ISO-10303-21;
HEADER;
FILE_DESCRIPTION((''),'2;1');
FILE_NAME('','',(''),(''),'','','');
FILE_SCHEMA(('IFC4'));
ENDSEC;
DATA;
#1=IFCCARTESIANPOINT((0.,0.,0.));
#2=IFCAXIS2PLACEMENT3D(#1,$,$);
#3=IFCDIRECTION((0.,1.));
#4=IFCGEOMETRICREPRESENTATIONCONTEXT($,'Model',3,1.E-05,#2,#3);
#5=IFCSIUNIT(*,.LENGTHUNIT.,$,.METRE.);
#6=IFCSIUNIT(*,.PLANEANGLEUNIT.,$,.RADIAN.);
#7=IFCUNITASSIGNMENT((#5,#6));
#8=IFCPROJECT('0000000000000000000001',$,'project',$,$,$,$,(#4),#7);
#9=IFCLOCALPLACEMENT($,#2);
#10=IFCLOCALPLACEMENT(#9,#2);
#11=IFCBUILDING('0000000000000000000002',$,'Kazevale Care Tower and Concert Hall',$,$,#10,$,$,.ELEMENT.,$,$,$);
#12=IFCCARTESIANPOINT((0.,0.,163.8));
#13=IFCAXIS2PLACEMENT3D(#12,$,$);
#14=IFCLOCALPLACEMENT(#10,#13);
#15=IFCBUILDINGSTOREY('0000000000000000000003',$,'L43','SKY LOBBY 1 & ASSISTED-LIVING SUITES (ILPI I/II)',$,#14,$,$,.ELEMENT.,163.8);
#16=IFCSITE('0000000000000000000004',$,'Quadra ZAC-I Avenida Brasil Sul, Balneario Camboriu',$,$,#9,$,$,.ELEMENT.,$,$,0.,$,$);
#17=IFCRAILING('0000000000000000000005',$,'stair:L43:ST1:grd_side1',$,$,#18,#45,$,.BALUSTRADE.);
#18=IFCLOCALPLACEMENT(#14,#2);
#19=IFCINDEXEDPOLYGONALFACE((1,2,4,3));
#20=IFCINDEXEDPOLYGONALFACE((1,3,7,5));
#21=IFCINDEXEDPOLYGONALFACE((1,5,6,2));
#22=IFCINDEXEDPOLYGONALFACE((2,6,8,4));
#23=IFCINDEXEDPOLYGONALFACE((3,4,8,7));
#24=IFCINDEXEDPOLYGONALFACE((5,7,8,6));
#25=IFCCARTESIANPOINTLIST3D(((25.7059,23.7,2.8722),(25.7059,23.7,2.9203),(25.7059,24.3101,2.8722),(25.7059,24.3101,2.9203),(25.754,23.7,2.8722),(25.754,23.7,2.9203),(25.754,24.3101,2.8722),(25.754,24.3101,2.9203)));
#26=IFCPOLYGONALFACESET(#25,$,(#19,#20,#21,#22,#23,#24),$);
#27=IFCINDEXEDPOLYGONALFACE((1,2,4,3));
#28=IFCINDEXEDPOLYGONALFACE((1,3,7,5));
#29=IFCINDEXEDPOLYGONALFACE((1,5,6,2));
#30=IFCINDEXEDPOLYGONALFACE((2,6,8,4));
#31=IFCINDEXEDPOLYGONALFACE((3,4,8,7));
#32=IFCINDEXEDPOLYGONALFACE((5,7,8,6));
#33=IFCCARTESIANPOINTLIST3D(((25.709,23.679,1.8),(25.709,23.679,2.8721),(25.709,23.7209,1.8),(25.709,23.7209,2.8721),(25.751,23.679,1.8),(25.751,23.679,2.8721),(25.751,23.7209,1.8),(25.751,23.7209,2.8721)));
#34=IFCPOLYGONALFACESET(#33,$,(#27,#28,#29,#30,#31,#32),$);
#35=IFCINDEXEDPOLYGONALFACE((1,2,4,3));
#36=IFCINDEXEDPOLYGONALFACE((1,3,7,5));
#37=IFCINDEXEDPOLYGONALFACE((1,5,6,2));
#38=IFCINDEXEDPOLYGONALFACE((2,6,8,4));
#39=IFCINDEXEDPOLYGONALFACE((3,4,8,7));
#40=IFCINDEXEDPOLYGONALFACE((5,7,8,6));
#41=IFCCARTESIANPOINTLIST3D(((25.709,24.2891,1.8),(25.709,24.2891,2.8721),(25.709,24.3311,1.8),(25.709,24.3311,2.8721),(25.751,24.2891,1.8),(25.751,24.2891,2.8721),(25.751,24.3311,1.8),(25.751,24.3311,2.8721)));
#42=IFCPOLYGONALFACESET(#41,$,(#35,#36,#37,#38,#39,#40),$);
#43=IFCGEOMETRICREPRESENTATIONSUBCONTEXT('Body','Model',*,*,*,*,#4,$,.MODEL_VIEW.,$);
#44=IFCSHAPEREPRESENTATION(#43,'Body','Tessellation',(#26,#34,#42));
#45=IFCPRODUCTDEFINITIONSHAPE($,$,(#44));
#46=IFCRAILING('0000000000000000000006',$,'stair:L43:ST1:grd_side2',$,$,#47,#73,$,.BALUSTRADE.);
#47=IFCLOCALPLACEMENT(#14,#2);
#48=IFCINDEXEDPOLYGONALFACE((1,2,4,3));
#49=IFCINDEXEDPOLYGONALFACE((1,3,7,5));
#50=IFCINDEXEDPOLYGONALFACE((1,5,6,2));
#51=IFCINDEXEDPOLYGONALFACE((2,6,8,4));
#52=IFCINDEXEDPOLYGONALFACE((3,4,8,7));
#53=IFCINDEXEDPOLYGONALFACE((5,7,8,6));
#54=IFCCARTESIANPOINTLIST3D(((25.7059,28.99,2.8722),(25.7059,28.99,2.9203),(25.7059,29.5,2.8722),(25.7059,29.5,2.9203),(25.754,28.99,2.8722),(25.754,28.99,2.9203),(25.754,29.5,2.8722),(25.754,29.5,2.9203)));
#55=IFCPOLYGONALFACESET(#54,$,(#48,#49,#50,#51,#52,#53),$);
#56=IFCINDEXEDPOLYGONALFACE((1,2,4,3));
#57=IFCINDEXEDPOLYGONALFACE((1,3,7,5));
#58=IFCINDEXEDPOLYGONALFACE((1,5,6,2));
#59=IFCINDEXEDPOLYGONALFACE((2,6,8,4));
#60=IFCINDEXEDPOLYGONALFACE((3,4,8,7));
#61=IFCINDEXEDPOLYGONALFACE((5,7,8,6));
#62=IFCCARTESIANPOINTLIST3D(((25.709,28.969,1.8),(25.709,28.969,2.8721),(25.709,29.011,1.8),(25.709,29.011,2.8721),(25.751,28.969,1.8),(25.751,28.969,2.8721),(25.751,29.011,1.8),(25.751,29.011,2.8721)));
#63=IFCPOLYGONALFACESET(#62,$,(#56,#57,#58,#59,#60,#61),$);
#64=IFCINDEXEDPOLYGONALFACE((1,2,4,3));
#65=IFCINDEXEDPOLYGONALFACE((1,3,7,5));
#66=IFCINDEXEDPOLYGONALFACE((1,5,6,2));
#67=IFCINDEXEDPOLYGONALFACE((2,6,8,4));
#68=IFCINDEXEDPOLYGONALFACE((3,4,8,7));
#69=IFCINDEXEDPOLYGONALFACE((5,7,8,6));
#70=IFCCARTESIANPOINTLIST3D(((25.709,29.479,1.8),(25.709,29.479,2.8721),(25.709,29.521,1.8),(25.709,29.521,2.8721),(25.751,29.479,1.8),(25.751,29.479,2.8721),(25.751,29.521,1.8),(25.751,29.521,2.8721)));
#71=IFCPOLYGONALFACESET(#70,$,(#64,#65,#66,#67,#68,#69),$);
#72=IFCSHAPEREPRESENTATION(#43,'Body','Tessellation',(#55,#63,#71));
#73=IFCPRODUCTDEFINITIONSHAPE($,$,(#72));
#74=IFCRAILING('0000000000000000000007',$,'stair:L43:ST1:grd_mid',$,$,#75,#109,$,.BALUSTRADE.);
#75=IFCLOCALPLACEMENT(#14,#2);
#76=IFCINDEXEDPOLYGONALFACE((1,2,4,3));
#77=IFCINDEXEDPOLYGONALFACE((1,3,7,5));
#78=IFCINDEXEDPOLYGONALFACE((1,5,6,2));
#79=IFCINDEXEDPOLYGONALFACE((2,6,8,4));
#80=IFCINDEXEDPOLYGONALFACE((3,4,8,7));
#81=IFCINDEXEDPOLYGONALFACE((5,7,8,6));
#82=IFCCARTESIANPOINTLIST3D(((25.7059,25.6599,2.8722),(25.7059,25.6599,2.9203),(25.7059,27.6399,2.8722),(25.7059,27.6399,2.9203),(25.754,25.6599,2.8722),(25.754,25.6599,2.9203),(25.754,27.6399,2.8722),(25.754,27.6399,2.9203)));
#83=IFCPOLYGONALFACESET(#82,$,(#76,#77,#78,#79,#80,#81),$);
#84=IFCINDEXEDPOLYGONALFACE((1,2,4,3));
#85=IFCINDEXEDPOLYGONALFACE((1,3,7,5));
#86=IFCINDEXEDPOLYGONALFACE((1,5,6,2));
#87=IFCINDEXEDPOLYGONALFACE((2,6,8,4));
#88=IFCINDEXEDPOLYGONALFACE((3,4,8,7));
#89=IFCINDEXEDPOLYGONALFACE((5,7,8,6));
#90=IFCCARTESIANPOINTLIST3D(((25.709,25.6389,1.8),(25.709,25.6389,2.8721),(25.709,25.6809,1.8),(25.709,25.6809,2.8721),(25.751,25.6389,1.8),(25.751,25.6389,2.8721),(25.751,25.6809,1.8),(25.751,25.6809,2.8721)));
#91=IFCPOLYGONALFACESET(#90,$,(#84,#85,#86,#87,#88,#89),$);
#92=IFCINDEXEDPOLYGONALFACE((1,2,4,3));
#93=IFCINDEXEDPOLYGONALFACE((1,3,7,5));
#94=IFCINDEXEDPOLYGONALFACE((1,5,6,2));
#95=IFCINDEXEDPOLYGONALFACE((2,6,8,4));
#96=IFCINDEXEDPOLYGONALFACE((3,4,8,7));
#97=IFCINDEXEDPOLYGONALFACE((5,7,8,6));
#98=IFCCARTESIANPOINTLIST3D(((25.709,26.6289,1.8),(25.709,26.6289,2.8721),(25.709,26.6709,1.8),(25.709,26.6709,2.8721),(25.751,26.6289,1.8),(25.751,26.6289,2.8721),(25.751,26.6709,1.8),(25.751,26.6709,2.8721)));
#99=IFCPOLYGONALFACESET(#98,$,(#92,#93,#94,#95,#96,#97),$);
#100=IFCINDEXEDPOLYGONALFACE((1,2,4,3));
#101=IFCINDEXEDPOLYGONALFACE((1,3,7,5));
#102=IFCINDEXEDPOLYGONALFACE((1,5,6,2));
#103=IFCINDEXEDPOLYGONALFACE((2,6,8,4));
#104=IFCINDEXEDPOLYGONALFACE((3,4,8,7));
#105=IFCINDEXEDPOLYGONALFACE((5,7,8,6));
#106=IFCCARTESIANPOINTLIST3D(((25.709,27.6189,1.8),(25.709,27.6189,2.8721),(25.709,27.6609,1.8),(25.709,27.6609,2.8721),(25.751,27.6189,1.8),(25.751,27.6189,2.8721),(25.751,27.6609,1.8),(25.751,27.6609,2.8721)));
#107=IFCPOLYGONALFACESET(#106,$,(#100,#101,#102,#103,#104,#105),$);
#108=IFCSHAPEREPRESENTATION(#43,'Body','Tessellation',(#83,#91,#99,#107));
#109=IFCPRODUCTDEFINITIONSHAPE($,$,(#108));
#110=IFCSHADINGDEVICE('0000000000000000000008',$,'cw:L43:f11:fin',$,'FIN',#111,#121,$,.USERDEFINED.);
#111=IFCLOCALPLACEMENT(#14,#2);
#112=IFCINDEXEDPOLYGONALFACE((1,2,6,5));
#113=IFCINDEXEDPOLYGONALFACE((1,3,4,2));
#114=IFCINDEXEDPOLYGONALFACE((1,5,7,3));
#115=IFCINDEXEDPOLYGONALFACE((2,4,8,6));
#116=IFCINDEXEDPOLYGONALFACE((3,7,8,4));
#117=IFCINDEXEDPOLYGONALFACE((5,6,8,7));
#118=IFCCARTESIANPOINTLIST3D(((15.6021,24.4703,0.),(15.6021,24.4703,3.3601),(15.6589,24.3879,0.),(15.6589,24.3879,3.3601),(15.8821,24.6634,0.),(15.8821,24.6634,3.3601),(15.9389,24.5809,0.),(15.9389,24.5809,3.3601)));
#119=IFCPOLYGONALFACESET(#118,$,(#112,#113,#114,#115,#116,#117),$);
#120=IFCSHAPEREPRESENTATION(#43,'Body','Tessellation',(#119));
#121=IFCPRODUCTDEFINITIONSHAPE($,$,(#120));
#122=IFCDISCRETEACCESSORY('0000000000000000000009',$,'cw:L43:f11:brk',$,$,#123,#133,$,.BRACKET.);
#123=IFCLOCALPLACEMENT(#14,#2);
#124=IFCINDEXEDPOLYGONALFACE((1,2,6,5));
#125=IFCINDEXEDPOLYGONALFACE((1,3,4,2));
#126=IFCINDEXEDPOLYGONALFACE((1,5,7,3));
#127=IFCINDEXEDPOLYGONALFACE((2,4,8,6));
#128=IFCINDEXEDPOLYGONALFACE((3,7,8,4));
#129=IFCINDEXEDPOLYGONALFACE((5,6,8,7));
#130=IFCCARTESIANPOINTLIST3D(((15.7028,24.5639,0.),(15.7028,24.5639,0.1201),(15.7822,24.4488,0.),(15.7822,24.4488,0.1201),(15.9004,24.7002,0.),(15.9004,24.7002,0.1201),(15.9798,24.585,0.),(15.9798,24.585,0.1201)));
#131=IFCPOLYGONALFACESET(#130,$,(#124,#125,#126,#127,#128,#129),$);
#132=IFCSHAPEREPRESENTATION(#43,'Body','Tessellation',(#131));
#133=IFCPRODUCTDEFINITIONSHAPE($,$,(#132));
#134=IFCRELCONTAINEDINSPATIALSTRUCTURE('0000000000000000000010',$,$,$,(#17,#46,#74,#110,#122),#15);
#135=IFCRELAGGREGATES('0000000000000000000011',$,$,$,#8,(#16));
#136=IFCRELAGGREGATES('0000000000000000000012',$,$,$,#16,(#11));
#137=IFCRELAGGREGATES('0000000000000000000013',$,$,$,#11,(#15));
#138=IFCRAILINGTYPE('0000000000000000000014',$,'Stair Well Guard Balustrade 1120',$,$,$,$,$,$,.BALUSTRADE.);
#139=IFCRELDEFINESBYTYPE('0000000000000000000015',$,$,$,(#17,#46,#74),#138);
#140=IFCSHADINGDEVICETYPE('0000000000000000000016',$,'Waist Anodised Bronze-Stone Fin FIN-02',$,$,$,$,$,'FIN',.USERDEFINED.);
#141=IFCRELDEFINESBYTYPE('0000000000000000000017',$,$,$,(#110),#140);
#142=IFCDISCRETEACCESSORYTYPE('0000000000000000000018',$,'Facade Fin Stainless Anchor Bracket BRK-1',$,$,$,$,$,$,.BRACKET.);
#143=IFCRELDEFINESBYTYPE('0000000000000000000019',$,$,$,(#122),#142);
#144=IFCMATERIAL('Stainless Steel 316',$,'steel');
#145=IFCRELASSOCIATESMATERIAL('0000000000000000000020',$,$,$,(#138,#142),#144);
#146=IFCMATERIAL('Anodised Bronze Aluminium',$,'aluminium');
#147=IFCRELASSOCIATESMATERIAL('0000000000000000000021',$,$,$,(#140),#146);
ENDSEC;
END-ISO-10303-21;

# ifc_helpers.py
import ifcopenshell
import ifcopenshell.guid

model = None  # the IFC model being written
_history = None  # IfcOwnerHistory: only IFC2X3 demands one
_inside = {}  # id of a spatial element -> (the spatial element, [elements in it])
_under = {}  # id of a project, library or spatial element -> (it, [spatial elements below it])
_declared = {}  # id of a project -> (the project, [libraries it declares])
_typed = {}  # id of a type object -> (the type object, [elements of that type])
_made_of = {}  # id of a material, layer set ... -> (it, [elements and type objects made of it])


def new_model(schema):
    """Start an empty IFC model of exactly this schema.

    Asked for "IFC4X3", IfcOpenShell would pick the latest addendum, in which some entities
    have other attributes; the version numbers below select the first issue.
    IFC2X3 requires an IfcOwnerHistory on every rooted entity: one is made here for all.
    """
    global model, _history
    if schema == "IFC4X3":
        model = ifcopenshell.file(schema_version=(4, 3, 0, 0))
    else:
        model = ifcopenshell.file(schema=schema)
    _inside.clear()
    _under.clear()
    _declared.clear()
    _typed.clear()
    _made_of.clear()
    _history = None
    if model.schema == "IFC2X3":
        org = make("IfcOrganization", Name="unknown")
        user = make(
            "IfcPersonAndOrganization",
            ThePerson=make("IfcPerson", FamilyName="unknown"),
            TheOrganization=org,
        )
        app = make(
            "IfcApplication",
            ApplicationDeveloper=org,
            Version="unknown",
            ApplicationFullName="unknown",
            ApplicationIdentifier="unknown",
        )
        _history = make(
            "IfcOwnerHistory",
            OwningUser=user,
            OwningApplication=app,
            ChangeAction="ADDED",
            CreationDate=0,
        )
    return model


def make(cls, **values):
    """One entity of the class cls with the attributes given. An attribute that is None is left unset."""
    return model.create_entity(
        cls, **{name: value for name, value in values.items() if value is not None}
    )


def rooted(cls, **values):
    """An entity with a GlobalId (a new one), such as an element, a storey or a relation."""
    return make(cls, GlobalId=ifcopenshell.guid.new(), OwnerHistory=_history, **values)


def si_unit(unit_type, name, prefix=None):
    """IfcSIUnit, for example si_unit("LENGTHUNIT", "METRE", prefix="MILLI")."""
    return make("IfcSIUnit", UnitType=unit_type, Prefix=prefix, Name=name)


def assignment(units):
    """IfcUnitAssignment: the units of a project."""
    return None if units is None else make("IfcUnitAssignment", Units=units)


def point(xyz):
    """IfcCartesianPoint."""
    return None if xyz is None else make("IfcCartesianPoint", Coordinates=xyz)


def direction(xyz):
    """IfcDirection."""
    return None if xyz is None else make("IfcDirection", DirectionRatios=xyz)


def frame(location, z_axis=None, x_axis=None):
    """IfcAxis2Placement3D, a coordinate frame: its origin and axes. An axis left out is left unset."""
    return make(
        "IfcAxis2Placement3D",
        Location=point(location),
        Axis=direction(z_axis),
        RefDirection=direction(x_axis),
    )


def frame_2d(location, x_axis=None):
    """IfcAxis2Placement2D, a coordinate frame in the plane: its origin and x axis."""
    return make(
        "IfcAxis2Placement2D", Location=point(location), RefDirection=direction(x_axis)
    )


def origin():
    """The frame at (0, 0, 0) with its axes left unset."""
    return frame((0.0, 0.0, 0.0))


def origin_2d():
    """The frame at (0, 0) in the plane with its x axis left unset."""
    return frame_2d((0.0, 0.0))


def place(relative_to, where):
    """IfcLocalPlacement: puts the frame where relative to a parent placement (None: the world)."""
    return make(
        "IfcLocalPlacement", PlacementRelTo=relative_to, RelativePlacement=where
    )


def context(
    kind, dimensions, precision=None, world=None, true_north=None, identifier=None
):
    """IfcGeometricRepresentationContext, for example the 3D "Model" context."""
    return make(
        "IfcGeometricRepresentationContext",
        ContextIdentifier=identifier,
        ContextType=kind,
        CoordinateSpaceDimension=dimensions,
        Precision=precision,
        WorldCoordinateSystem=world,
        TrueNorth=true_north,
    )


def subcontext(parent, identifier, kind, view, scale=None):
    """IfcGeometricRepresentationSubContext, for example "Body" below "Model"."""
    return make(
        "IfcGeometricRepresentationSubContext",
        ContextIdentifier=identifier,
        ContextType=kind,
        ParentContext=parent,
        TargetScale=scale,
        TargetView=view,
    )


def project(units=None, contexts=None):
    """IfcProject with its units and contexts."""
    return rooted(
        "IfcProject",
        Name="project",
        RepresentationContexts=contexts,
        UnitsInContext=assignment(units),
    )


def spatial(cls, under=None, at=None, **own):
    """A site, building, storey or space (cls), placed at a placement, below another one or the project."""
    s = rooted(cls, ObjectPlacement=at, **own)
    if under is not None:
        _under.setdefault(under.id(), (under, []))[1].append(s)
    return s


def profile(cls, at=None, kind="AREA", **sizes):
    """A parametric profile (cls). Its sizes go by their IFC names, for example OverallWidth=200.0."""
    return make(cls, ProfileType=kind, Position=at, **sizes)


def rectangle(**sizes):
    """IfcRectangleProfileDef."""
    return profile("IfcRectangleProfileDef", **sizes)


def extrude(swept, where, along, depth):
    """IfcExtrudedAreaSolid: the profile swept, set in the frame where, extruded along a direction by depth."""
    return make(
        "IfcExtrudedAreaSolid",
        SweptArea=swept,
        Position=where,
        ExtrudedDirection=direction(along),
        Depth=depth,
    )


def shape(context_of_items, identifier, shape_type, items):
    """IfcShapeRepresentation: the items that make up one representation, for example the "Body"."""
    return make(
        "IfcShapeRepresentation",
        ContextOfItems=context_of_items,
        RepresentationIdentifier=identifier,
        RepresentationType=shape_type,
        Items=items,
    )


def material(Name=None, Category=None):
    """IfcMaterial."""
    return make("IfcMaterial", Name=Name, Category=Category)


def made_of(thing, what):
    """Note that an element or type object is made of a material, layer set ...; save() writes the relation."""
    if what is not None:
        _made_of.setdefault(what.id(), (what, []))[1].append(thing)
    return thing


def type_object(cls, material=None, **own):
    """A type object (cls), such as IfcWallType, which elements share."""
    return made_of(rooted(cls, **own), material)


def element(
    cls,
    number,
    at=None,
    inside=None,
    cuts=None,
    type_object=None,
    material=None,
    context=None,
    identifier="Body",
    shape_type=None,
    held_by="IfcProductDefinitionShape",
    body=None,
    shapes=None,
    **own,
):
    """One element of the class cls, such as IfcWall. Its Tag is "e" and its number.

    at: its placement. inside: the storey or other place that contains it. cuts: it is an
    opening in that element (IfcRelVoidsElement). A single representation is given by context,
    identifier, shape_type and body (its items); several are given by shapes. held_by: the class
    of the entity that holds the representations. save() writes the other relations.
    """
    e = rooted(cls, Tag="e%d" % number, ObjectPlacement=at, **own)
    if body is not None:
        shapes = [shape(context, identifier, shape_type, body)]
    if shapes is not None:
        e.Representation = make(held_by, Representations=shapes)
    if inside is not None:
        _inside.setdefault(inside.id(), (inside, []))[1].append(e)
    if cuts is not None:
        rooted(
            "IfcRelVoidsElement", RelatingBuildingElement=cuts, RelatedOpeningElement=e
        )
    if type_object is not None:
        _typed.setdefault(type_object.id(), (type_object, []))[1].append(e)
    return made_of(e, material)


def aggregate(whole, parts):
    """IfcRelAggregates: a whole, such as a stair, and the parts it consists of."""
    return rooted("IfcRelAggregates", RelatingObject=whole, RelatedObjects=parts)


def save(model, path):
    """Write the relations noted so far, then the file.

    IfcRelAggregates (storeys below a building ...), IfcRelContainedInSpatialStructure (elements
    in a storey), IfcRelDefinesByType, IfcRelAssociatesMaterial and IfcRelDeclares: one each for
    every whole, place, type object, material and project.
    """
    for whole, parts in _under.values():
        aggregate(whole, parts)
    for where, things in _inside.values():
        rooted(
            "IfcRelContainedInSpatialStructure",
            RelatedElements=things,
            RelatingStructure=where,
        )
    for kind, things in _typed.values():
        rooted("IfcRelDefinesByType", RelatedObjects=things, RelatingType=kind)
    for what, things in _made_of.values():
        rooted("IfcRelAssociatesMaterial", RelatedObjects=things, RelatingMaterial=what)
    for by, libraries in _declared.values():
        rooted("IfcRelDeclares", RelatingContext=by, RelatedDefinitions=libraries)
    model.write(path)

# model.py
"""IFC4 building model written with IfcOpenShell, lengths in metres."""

from ifc_helpers import new_model, si_unit, direction, frame, origin, origin_2d, place, context, subcontext, project, spatial, rectangle, extrude, material, type_object, element, save


model = new_model("IFC4")

# Units and contexts
model_context = context("Model", 3, precision=1e-05, world=origin(), true_north=direction((0.0, 1.0)))
body_context = subcontext(model_context, "Body", "Model", "MODEL_VIEW")
ifc_project = project(units=[si_unit("LENGTHUNIT", "METRE"), si_unit("PLANEANGLEUNIT", "RADIAN")], contexts=[model_context])

# Site, building, storey
site_placement = place(None, origin())
site = spatial("IfcSite", under=ifc_project, at=site_placement, Name="Quadra ZAC-I Avenida Brasil Sul, Balneario Camboriu", CompositionType="ELEMENT", RefElevation=0.0)
building_placement = place(site_placement, origin())
building = spatial("IfcBuilding", under=site, at=building_placement, Name="Kazevale Care Tower and Concert Hall", CompositionType="ELEMENT")
storey_placement = place(building_placement, frame((0.0, 0.0, 163.8)))
storey = spatial("IfcBuildingStorey", under=building, at=storey_placement, Name="L43", Description="SKY LOBBY 1 & ASSISTED-LIVING SUITES (ILPI I/II)", CompositionType="ELEMENT", Elevation=163.8)

# Railings
ifc_material_1 = material(Name="Stainless Steel 316", Category="steel")
railing_type_1 = type_object("IfcRailingType", Name="Stair Well Guard Balustrade 1120", PredefinedType="BALUSTRADE", material=ifc_material_1)
railing_1_placement = place(storey_placement, frame((25.73, 23.7, 1.8)))
element("IfcRailing", 1, at=railing_1_placement, inside=storey, type_object=railing_type_1, Name="stair:L43:ST1:grd_side1", PredefinedType="BALUSTRADE", context=body_context, shape_type="SweptSolid", body=[
    extrude(rectangle(XDim=0.0481, YDim=0.0481, at=origin_2d()), frame((0.0, 0.0, 1.0962), z_axis=(0.0, 1.0, 0.0), x_axis=(-1.0, 0.0, 0.0)), (0.0, 0.0, 1.0), 0.6101),
    extrude(rectangle(XDim=0.042, YDim=0.042, at=origin_2d()), origin(), (0.0, 0.0, 1.0), 1.072),
    extrude(rectangle(XDim=0.042, YDim=0.042, at=origin_2d()), frame((0.0, 0.6101, 0.0)), (0.0, 0.0, 1.0), 1.072),
])
railing_2_placement = place(storey_placement, frame((25.73, 28.99, 1.8)))
element("IfcRailing", 2, at=railing_2_placement, inside=storey, type_object=railing_type_1, Name="stair:L43:ST1:grd_side2", PredefinedType="BALUSTRADE", context=body_context, shape_type="SweptSolid", body=[
    extrude(rectangle(XDim=0.0481, YDim=0.0481, at=origin_2d()), frame((0.0, 0.0, 1.0962), z_axis=(0.0, 1.0, 0.0), x_axis=(-1.0, 0.0, 0.0)), (0.0, 0.0, 1.0), 0.51),
    extrude(rectangle(XDim=0.042, YDim=0.042, at=origin_2d()), origin(), (0.0, 0.0, 1.0), 1.072),
    extrude(rectangle(XDim=0.042, YDim=0.042, at=origin_2d()), frame((0.0, 0.51, 0.0)), (0.0, 0.0, 1.0), 1.072),
])
railing_3_placement = place(storey_placement, frame((25.73, 25.6599, 1.8)))
element("IfcRailing", 3, at=railing_3_placement, inside=storey, type_object=railing_type_1, Name="stair:L43:ST1:grd_mid", PredefinedType="BALUSTRADE", context=body_context, shape_type="SweptSolid", body=[
    extrude(rectangle(XDim=0.0481, YDim=0.0481, at=origin_2d()), frame((0.0, 0.0, 1.0962), z_axis=(0.0, 1.0, 0.0), x_axis=(-1.0, 0.0, 0.0)), (0.0, 0.0, 1.0), 1.98),
    extrude(rectangle(XDim=0.042, YDim=0.042, at=origin_2d()), origin(), (0.0, 0.0, 1.0), 1.072),
    extrude(rectangle(XDim=0.042, YDim=0.042, at=origin_2d()), frame((0.0, 0.99, 0.0)), (0.0, 0.0, 1.0), 1.072),
    extrude(rectangle(XDim=0.042, YDim=0.042, at=origin_2d()), frame((0.0, 1.98, 0.0)), (0.0, 0.0, 1.0), 1.072),
])

# Shading device
ifc_material_2 = material(Name="Anodised Bronze Aluminium", Category="aluminium")
shading_device_type = type_object("IfcShadingDeviceType", Name="Waist Anodised Bronze-Stone Fin FIN-02", ElementType="FIN", PredefinedType="USERDEFINED", material=ifc_material_2)
shading_device_placement = place(storey_placement, frame((15.7705, 24.5256, 0.0), z_axis=(0.0, 0.0, 1.0), x_axis=(-0.823335, -0.567556, 0.0)))
element("IfcShadingDevice", 4, at=shading_device_placement, inside=storey, type_object=shading_device_type, Name="cw:L43:f11:fin", ObjectType="FIN", PredefinedType="USERDEFINED", context=body_context, shape_type="SweptSolid", body=[
    extrude(rectangle(XDim=0.3401, YDim=0.1001, at=origin_2d()), origin(), (0.0, 0.0, 1.0), 3.3601),
])

# Discrete accessory
discrete_accessory_type = type_object("IfcDiscreteAccessoryType", Name="Facade Fin Stainless Anchor Bracket BRK-1", PredefinedType="BRACKET", material=ifc_material_1)
discrete_accessory_placement = place(storey_placement, frame((15.8413, 24.5745, 0.0), z_axis=(0.0, 0.0, 1.0), x_axis=(-0.823335, -0.567556, 0.0)))
element("IfcDiscreteAccessory", 5, at=discrete_accessory_placement, inside=storey, type_object=discrete_accessory_type, Name="cw:L43:f11:brk", PredefinedType="BRACKET", context=body_context, shape_type="SweptSolid", body=[
    extrude(rectangle(XDim=0.24, YDim=0.1399, at=origin_2d()), origin(), (0.0, 0.0, 1.0), 0.1201),
])

save(model, "model.ifc")
